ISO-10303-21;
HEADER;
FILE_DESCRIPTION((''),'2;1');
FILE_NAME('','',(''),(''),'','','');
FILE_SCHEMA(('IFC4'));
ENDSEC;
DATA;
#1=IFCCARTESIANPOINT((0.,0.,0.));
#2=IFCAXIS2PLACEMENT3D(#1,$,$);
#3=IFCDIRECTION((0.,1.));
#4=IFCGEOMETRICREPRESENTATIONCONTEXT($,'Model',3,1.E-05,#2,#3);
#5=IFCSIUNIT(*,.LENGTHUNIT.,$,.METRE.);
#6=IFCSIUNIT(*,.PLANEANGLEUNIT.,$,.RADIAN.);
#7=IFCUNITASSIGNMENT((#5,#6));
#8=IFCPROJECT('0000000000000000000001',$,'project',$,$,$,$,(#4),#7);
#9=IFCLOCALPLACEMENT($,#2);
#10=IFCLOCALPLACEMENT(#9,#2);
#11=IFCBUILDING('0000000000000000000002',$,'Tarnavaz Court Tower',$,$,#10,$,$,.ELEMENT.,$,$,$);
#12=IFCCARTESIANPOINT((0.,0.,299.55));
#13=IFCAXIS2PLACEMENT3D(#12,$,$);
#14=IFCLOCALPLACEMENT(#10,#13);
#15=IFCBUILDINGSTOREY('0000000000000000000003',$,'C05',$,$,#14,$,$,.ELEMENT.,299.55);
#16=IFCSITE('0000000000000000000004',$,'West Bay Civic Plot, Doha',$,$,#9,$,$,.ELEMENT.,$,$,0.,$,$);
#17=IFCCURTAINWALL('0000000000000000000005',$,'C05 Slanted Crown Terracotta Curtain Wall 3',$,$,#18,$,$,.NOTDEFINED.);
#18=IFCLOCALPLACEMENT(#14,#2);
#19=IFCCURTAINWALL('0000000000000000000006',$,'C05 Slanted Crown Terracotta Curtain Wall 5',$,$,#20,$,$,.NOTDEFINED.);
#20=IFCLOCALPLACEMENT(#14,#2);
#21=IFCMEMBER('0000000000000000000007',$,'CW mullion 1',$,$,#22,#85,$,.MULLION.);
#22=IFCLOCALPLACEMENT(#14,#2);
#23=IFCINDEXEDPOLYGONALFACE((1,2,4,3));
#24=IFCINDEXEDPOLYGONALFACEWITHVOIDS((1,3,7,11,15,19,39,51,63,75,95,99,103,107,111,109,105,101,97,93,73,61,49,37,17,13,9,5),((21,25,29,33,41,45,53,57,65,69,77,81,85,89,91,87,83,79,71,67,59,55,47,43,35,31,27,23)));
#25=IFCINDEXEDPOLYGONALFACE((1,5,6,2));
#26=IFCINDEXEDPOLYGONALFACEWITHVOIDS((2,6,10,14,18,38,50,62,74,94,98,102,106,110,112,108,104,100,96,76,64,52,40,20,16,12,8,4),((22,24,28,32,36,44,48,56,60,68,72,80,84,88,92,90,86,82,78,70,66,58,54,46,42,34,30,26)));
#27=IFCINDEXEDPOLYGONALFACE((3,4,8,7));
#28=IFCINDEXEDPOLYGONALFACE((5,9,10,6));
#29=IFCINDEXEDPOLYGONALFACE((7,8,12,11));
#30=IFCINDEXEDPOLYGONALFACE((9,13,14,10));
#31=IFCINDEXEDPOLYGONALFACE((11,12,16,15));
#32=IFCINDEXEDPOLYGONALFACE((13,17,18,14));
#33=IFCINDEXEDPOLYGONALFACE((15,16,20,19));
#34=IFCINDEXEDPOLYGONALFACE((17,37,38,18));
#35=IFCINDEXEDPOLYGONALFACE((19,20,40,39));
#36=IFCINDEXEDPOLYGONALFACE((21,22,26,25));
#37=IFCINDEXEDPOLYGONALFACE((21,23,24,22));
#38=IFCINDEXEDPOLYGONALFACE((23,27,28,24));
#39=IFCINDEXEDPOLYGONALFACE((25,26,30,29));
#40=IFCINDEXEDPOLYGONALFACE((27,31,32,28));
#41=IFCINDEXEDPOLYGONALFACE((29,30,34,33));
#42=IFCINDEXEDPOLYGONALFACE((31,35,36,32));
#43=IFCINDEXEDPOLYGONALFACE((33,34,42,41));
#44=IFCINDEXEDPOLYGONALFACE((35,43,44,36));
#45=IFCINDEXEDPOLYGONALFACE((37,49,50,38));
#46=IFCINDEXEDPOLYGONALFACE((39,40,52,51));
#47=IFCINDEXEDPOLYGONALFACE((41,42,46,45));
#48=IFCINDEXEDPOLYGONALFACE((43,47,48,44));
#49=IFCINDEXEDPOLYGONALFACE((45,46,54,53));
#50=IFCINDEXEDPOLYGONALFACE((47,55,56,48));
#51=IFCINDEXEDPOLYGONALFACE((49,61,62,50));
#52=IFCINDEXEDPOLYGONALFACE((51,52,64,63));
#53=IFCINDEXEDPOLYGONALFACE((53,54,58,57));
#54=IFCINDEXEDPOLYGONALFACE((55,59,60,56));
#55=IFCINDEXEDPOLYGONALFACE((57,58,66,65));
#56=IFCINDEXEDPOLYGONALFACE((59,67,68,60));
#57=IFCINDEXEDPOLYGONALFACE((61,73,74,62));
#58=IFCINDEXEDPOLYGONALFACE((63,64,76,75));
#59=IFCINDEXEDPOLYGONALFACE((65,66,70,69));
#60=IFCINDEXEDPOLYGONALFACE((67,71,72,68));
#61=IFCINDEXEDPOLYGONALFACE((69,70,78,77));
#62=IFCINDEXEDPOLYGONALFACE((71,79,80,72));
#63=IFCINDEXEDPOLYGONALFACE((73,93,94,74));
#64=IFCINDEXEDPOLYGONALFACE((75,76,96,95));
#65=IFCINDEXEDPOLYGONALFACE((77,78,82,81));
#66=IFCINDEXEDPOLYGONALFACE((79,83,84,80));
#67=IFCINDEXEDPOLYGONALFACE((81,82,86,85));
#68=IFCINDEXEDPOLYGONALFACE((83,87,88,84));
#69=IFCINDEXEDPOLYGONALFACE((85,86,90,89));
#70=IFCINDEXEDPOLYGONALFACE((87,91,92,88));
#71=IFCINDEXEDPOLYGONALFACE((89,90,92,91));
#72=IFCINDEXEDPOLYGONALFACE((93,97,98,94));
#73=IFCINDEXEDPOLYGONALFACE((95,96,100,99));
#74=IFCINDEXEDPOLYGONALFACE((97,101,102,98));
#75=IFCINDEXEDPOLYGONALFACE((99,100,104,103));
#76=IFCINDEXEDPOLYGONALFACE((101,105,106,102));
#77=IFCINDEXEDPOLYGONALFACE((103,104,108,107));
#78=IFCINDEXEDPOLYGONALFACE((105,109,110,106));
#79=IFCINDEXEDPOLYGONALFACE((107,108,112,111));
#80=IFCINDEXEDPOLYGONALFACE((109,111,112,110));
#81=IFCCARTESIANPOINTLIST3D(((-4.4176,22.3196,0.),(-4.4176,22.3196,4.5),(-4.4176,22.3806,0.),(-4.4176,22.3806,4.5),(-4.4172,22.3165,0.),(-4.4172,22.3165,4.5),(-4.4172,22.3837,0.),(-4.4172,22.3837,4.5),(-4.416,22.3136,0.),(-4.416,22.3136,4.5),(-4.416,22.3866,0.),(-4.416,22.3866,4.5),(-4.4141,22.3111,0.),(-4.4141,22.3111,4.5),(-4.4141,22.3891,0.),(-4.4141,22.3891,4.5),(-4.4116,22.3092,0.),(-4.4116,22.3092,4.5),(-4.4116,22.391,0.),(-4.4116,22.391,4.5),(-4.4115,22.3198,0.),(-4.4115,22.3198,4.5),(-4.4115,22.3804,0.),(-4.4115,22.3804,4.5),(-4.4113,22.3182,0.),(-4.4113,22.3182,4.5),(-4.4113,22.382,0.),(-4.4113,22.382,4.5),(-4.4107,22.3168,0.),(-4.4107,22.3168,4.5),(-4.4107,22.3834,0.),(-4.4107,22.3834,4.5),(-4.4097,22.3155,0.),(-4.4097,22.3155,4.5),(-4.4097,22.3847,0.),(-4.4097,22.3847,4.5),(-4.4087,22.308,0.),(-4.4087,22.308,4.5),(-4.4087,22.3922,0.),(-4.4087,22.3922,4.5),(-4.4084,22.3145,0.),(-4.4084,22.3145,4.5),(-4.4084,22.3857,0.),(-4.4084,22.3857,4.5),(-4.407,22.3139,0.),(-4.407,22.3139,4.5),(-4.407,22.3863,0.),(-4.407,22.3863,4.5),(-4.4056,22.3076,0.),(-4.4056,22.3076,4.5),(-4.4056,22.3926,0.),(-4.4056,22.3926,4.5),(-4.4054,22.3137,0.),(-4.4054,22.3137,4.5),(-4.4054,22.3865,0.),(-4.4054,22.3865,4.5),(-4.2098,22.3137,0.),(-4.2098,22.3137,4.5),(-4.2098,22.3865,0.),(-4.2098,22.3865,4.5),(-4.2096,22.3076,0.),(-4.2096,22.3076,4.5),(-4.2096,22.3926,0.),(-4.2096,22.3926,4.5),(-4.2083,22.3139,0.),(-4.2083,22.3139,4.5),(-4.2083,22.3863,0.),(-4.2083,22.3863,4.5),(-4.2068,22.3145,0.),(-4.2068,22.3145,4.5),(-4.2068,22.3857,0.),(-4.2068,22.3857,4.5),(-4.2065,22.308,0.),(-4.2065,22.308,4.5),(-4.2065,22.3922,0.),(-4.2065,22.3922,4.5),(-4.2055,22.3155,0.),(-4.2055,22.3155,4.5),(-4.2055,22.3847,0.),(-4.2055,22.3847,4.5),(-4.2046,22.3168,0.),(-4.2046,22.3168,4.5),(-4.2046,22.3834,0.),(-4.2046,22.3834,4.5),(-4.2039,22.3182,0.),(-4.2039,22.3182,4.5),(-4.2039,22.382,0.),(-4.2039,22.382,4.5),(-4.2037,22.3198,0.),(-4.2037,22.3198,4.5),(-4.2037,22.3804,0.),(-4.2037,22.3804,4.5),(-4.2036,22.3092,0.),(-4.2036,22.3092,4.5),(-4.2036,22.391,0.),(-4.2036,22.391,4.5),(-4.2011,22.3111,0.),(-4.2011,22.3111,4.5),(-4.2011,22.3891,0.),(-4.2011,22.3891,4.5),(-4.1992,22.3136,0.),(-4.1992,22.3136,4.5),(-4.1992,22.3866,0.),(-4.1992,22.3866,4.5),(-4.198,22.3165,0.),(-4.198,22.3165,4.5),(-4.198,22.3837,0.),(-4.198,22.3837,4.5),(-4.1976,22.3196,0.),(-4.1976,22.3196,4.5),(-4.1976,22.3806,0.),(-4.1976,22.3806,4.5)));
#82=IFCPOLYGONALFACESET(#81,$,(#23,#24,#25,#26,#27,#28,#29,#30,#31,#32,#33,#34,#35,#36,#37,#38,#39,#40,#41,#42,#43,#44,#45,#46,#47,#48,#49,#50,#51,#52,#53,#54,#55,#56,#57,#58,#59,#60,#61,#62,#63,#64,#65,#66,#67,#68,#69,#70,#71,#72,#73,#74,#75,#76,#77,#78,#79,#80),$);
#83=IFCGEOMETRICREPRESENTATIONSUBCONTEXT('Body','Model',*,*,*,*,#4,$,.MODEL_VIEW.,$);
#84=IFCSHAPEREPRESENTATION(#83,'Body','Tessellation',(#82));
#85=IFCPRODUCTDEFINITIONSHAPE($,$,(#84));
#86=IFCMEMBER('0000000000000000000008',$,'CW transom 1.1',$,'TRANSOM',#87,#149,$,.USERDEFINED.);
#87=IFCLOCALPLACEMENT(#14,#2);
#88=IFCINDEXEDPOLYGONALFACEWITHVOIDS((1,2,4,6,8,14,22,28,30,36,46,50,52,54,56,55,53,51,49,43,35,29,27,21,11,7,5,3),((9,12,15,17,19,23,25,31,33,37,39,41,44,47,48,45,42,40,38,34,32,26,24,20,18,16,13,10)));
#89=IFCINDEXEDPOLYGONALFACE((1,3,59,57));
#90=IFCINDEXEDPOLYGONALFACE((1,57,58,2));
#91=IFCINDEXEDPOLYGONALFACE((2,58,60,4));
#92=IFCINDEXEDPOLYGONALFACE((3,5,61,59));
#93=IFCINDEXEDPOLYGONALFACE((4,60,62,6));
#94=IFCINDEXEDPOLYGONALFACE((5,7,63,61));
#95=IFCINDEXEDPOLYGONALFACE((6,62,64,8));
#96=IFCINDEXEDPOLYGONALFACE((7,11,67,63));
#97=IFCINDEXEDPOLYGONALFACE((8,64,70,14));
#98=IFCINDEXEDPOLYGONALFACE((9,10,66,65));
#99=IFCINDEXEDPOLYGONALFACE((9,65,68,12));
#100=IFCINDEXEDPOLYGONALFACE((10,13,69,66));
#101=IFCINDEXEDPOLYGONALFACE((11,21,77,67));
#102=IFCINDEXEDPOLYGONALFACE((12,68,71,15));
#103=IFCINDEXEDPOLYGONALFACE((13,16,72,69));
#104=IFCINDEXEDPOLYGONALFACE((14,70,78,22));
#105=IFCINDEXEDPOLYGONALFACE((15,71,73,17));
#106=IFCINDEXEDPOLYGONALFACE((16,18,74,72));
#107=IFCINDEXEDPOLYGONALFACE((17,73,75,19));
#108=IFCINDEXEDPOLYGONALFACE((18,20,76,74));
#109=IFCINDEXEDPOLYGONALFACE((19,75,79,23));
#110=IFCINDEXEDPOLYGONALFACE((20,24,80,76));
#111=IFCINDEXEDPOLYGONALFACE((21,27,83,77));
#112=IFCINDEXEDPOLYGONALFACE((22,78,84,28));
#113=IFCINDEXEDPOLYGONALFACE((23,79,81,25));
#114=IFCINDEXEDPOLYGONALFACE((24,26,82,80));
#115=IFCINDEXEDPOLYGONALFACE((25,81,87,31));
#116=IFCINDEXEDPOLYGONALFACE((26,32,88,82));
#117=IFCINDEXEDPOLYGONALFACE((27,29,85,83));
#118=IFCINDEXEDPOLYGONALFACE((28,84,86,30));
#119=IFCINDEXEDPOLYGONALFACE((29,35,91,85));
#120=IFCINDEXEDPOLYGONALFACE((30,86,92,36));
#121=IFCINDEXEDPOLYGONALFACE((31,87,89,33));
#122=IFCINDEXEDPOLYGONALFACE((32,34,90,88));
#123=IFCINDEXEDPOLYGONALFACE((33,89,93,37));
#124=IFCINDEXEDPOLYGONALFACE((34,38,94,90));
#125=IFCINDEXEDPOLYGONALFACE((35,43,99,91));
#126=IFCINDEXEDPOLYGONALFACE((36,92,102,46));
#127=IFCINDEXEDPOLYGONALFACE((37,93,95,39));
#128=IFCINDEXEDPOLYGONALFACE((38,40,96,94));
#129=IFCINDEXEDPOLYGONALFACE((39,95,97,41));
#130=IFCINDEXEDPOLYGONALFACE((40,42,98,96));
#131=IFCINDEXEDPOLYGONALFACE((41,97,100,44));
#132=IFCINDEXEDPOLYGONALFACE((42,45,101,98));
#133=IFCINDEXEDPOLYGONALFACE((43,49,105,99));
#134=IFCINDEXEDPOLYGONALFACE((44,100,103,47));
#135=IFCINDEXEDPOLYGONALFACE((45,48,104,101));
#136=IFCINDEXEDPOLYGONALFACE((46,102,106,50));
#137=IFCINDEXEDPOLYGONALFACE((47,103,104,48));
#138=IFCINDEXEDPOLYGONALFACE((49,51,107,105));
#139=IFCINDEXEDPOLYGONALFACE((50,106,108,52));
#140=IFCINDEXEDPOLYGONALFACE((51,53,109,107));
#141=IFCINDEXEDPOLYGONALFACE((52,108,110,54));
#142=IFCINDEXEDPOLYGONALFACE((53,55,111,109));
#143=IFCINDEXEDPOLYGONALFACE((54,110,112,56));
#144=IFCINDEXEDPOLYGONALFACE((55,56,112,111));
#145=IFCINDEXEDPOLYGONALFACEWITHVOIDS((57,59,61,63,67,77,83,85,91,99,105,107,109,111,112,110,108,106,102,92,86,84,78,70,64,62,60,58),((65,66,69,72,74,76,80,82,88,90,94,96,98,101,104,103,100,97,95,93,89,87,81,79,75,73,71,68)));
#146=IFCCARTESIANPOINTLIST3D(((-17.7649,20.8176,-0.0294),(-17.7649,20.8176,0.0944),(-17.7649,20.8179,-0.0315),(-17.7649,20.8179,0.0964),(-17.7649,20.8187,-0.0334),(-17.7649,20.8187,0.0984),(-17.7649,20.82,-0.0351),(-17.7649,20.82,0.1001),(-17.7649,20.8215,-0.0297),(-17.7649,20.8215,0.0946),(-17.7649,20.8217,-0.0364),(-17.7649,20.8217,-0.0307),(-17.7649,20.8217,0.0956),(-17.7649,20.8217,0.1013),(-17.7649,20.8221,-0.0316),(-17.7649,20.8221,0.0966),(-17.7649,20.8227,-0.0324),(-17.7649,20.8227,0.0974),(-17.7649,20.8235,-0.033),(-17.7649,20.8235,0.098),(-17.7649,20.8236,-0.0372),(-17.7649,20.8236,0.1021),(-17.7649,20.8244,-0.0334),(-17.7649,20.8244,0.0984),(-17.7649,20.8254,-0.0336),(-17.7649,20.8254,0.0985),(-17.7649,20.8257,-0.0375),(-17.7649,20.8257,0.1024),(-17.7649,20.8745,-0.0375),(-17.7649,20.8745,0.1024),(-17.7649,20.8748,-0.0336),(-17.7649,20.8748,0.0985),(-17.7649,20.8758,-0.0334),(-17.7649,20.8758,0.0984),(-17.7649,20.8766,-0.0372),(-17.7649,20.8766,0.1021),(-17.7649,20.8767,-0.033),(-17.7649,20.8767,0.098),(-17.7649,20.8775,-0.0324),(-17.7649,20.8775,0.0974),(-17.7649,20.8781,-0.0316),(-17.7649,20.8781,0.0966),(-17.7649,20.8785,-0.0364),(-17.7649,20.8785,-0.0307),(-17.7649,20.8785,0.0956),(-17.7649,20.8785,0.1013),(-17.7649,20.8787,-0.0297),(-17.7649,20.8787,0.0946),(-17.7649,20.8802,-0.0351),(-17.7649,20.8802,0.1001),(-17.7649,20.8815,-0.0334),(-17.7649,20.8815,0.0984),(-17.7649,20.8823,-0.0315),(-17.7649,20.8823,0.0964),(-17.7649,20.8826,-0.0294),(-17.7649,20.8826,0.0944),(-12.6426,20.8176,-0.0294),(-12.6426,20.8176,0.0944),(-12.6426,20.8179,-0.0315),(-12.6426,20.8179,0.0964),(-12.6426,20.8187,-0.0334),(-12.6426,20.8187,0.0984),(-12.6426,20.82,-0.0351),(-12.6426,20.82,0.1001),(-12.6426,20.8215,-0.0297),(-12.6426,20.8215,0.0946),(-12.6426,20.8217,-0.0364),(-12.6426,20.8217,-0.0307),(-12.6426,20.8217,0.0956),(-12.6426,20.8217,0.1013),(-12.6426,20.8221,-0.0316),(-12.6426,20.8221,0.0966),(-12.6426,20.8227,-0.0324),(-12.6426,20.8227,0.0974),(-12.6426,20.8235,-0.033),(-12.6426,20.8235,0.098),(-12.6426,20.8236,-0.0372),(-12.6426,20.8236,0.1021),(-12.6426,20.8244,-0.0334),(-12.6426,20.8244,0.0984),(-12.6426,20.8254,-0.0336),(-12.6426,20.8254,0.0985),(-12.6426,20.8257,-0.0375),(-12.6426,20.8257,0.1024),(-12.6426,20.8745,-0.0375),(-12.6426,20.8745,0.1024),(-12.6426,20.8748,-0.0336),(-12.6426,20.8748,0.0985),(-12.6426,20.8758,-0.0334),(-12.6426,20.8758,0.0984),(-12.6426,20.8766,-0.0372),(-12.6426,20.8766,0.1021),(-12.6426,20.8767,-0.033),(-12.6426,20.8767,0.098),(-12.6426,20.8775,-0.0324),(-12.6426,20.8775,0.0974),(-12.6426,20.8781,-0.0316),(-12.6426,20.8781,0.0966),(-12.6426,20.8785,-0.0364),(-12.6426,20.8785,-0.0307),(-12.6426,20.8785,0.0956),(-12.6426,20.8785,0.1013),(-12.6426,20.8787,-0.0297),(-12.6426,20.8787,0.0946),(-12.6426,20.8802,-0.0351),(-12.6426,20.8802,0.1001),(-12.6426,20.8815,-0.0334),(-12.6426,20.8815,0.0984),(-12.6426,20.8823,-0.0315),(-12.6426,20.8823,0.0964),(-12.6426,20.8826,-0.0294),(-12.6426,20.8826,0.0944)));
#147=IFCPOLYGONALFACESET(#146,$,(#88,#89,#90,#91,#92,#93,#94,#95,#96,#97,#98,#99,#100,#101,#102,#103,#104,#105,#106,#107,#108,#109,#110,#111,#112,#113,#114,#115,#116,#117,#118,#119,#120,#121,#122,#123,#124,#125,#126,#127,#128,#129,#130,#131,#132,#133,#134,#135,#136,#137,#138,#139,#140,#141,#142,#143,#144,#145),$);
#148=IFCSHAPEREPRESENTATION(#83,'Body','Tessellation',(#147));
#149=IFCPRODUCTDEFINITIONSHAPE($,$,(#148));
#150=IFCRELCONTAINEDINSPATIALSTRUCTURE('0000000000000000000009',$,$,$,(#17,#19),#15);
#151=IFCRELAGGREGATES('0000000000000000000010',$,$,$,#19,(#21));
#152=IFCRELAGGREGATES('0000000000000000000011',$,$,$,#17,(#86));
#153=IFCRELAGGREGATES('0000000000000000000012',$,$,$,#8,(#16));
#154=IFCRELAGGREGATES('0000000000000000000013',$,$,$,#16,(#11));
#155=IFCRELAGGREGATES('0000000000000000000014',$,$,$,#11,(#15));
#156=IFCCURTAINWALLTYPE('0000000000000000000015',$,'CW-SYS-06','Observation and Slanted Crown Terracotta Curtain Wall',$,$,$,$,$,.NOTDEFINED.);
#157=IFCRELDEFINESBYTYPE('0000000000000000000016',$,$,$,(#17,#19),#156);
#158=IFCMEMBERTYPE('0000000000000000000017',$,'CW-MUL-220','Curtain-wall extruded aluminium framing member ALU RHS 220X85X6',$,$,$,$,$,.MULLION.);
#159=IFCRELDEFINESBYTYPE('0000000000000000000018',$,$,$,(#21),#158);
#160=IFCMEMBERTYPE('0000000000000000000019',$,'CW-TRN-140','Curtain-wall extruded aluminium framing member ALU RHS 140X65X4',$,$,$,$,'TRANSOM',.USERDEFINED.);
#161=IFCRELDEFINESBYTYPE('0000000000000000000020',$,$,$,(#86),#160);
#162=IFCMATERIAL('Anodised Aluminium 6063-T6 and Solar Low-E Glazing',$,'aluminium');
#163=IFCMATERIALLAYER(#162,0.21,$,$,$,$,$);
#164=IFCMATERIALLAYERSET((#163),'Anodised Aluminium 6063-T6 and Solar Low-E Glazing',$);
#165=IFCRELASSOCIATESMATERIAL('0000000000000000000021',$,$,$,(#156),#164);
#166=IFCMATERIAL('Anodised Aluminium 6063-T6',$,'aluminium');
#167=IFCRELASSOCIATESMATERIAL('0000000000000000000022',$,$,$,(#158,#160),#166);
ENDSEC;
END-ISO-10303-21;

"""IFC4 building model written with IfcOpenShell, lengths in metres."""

from ifc_helpers import new_model, si_unit, direction, frame, origin, origin_2d, place, context, subcontext, project, spatial, hollow_rectangle, extrude, material, layer, layer_set, material_profile, profile_set, type_object, element, aggregate, save


model = new_model("IFC4")

# Units and contexts
model_context = context("Model", 3, precision=1e-05, world=origin(), true_north=direction((0.0, 1.0)))
body_context = subcontext(model_context, "Body", "Model", "MODEL_VIEW")
ifc_project = project(units=[si_unit("LENGTHUNIT", "METRE"), si_unit("PLANEANGLEUNIT", "RADIAN")], contexts=[model_context])

# Site, building, storey
site_placement = place(None, origin())
site = spatial("IfcSite", under=ifc_project, at=site_placement, Name="West Bay Civic Plot, Doha", CompositionType="ELEMENT", RefElevation=0.0)
building_placement = place(site_placement, origin())
building = spatial("IfcBuilding", under=site, at=building_placement, Name="Tarnavaz Court Tower", CompositionType="ELEMENT")
storey_placement = place(building_placement, frame((0.0, 0.0, 299.55)))
storey = spatial("IfcBuildingStorey", under=building, at=storey_placement, Name="C05", CompositionType="ELEMENT", Elevation=299.55)

# Shared definitions
ifc_material_1 = material(Name="Anodised Aluminium 6063-T6 and Solar Low-E Glazing", Category="aluminium")
ifc_layer_1 = layer(ifc_material_1, 0.21)
ifc_layer_set_1 = layer_set([ifc_layer_1], Name="Anodised Aluminium 6063-T6 and Solar Low-E Glazing")
curtain_wall_type = type_object("IfcCurtainWallType", Name="CW-SYS-06", Description="Observation and Slanted Crown Terracotta Curtain Wall", PredefinedType="NOTDEFINED", material=ifc_layer_set_1)
ifc_material_2 = material(Name="Anodised Aluminium 6063-T6", Category="aluminium")
ifc_material_profile_1 = material_profile(ifc_material_2, hollow_rectangle(XDim=0.085, YDim=0.22, WallThickness=0.0061, InnerFilletRadius=0.0061, OuterFilletRadius=0.012, at=origin_2d()), Name="ALU RHS 220X85X6")
ifc_profile_set_1 = profile_set([ifc_material_profile_1], Name="Anodised Aluminium 6063-T6")
member_type_1 = type_object("IfcMemberType", Name="CW-MUL-220", Description="Curtain-wall extruded aluminium framing member ALU RHS 220X85X6", PredefinedType="MULLION", material=ifc_profile_set_1)

# Curtain wall
curtain_wall_1_placement = place(storey_placement, origin())
curtain_wall_1 = element("IfcCurtainWall", 1, at=curtain_wall_1_placement, inside=storey, type_object=curtain_wall_type, Name="C05 Slanted Crown Terracotta Curtain Wall 3", PredefinedType="NOTDEFINED")

# Curtain wall, member
curtain_wall_2_placement = place(storey_placement, origin())
curtain_wall_2 = element("IfcCurtainWall", 2, at=curtain_wall_2_placement, inside=storey, type_object=curtain_wall_type, Name="C05 Slanted Crown Terracotta Curtain Wall 5", PredefinedType="NOTDEFINED")
member_1_placement = place(storey_placement, frame((-4.3076, 22.3501, 0.0), z_axis=(0.0, 0.0, 1.0), x_axis=(0.0, 1.0, 0.0)))
member_1 = element("IfcMember", 3, at=member_1_placement, type_object=member_type_1, Name="CW mullion 1", PredefinedType="MULLION", context=body_context, shape_type="SweptSolid", body=[
    extrude(hollow_rectangle(XDim=0.085, YDim=0.22, WallThickness=0.0061, InnerFilletRadius=0.0061, OuterFilletRadius=0.012, at=origin_2d()), origin(), (0.0, 0.0, 1.0), 4.5),
])

# Member
ifc_material_profile_2 = material_profile(ifc_material_2, hollow_rectangle(XDim=0.0649, YDim=0.1399, WallThickness=0.0039, InnerFilletRadius=0.0039, OuterFilletRadius=0.0081, at=origin_2d()), Name="ALU RHS 140X65X4")
ifc_profile_set_2 = profile_set([ifc_material_profile_2], Name="Anodised Aluminium 6063-T6")
member_type_2 = type_object("IfcMemberType", Name="CW-TRN-140", Description="Curtain-wall extruded aluminium framing member ALU RHS 140X65X4", ElementType="TRANSOM", PredefinedType="USERDEFINED", material=ifc_profile_set_2)
member_2_placement = place(storey_placement, frame((-17.7649, 20.8501, 0.0325), z_axis=(1.0, 0.0, 0.0), x_axis=(0.0, 1.0, 0.0)))
member_2 = element("IfcMember", 4, at=member_2_placement, type_object=member_type_2, Name="CW transom 1.1", ObjectType="TRANSOM", PredefinedType="USERDEFINED", context=body_context, shape_type="SweptSolid", body=[
    extrude(hollow_rectangle(XDim=0.0649, YDim=0.1399, WallThickness=0.0039, InnerFilletRadius=0.0039, OuterFilletRadius=0.0081, at=origin_2d()), origin(), (0.0, 0.0, 1.0), 5.1223),
])
aggregate(curtain_wall_2, [member_1])

aggregate(curtain_wall_1, [member_2])

save(model, "model.ifc")
